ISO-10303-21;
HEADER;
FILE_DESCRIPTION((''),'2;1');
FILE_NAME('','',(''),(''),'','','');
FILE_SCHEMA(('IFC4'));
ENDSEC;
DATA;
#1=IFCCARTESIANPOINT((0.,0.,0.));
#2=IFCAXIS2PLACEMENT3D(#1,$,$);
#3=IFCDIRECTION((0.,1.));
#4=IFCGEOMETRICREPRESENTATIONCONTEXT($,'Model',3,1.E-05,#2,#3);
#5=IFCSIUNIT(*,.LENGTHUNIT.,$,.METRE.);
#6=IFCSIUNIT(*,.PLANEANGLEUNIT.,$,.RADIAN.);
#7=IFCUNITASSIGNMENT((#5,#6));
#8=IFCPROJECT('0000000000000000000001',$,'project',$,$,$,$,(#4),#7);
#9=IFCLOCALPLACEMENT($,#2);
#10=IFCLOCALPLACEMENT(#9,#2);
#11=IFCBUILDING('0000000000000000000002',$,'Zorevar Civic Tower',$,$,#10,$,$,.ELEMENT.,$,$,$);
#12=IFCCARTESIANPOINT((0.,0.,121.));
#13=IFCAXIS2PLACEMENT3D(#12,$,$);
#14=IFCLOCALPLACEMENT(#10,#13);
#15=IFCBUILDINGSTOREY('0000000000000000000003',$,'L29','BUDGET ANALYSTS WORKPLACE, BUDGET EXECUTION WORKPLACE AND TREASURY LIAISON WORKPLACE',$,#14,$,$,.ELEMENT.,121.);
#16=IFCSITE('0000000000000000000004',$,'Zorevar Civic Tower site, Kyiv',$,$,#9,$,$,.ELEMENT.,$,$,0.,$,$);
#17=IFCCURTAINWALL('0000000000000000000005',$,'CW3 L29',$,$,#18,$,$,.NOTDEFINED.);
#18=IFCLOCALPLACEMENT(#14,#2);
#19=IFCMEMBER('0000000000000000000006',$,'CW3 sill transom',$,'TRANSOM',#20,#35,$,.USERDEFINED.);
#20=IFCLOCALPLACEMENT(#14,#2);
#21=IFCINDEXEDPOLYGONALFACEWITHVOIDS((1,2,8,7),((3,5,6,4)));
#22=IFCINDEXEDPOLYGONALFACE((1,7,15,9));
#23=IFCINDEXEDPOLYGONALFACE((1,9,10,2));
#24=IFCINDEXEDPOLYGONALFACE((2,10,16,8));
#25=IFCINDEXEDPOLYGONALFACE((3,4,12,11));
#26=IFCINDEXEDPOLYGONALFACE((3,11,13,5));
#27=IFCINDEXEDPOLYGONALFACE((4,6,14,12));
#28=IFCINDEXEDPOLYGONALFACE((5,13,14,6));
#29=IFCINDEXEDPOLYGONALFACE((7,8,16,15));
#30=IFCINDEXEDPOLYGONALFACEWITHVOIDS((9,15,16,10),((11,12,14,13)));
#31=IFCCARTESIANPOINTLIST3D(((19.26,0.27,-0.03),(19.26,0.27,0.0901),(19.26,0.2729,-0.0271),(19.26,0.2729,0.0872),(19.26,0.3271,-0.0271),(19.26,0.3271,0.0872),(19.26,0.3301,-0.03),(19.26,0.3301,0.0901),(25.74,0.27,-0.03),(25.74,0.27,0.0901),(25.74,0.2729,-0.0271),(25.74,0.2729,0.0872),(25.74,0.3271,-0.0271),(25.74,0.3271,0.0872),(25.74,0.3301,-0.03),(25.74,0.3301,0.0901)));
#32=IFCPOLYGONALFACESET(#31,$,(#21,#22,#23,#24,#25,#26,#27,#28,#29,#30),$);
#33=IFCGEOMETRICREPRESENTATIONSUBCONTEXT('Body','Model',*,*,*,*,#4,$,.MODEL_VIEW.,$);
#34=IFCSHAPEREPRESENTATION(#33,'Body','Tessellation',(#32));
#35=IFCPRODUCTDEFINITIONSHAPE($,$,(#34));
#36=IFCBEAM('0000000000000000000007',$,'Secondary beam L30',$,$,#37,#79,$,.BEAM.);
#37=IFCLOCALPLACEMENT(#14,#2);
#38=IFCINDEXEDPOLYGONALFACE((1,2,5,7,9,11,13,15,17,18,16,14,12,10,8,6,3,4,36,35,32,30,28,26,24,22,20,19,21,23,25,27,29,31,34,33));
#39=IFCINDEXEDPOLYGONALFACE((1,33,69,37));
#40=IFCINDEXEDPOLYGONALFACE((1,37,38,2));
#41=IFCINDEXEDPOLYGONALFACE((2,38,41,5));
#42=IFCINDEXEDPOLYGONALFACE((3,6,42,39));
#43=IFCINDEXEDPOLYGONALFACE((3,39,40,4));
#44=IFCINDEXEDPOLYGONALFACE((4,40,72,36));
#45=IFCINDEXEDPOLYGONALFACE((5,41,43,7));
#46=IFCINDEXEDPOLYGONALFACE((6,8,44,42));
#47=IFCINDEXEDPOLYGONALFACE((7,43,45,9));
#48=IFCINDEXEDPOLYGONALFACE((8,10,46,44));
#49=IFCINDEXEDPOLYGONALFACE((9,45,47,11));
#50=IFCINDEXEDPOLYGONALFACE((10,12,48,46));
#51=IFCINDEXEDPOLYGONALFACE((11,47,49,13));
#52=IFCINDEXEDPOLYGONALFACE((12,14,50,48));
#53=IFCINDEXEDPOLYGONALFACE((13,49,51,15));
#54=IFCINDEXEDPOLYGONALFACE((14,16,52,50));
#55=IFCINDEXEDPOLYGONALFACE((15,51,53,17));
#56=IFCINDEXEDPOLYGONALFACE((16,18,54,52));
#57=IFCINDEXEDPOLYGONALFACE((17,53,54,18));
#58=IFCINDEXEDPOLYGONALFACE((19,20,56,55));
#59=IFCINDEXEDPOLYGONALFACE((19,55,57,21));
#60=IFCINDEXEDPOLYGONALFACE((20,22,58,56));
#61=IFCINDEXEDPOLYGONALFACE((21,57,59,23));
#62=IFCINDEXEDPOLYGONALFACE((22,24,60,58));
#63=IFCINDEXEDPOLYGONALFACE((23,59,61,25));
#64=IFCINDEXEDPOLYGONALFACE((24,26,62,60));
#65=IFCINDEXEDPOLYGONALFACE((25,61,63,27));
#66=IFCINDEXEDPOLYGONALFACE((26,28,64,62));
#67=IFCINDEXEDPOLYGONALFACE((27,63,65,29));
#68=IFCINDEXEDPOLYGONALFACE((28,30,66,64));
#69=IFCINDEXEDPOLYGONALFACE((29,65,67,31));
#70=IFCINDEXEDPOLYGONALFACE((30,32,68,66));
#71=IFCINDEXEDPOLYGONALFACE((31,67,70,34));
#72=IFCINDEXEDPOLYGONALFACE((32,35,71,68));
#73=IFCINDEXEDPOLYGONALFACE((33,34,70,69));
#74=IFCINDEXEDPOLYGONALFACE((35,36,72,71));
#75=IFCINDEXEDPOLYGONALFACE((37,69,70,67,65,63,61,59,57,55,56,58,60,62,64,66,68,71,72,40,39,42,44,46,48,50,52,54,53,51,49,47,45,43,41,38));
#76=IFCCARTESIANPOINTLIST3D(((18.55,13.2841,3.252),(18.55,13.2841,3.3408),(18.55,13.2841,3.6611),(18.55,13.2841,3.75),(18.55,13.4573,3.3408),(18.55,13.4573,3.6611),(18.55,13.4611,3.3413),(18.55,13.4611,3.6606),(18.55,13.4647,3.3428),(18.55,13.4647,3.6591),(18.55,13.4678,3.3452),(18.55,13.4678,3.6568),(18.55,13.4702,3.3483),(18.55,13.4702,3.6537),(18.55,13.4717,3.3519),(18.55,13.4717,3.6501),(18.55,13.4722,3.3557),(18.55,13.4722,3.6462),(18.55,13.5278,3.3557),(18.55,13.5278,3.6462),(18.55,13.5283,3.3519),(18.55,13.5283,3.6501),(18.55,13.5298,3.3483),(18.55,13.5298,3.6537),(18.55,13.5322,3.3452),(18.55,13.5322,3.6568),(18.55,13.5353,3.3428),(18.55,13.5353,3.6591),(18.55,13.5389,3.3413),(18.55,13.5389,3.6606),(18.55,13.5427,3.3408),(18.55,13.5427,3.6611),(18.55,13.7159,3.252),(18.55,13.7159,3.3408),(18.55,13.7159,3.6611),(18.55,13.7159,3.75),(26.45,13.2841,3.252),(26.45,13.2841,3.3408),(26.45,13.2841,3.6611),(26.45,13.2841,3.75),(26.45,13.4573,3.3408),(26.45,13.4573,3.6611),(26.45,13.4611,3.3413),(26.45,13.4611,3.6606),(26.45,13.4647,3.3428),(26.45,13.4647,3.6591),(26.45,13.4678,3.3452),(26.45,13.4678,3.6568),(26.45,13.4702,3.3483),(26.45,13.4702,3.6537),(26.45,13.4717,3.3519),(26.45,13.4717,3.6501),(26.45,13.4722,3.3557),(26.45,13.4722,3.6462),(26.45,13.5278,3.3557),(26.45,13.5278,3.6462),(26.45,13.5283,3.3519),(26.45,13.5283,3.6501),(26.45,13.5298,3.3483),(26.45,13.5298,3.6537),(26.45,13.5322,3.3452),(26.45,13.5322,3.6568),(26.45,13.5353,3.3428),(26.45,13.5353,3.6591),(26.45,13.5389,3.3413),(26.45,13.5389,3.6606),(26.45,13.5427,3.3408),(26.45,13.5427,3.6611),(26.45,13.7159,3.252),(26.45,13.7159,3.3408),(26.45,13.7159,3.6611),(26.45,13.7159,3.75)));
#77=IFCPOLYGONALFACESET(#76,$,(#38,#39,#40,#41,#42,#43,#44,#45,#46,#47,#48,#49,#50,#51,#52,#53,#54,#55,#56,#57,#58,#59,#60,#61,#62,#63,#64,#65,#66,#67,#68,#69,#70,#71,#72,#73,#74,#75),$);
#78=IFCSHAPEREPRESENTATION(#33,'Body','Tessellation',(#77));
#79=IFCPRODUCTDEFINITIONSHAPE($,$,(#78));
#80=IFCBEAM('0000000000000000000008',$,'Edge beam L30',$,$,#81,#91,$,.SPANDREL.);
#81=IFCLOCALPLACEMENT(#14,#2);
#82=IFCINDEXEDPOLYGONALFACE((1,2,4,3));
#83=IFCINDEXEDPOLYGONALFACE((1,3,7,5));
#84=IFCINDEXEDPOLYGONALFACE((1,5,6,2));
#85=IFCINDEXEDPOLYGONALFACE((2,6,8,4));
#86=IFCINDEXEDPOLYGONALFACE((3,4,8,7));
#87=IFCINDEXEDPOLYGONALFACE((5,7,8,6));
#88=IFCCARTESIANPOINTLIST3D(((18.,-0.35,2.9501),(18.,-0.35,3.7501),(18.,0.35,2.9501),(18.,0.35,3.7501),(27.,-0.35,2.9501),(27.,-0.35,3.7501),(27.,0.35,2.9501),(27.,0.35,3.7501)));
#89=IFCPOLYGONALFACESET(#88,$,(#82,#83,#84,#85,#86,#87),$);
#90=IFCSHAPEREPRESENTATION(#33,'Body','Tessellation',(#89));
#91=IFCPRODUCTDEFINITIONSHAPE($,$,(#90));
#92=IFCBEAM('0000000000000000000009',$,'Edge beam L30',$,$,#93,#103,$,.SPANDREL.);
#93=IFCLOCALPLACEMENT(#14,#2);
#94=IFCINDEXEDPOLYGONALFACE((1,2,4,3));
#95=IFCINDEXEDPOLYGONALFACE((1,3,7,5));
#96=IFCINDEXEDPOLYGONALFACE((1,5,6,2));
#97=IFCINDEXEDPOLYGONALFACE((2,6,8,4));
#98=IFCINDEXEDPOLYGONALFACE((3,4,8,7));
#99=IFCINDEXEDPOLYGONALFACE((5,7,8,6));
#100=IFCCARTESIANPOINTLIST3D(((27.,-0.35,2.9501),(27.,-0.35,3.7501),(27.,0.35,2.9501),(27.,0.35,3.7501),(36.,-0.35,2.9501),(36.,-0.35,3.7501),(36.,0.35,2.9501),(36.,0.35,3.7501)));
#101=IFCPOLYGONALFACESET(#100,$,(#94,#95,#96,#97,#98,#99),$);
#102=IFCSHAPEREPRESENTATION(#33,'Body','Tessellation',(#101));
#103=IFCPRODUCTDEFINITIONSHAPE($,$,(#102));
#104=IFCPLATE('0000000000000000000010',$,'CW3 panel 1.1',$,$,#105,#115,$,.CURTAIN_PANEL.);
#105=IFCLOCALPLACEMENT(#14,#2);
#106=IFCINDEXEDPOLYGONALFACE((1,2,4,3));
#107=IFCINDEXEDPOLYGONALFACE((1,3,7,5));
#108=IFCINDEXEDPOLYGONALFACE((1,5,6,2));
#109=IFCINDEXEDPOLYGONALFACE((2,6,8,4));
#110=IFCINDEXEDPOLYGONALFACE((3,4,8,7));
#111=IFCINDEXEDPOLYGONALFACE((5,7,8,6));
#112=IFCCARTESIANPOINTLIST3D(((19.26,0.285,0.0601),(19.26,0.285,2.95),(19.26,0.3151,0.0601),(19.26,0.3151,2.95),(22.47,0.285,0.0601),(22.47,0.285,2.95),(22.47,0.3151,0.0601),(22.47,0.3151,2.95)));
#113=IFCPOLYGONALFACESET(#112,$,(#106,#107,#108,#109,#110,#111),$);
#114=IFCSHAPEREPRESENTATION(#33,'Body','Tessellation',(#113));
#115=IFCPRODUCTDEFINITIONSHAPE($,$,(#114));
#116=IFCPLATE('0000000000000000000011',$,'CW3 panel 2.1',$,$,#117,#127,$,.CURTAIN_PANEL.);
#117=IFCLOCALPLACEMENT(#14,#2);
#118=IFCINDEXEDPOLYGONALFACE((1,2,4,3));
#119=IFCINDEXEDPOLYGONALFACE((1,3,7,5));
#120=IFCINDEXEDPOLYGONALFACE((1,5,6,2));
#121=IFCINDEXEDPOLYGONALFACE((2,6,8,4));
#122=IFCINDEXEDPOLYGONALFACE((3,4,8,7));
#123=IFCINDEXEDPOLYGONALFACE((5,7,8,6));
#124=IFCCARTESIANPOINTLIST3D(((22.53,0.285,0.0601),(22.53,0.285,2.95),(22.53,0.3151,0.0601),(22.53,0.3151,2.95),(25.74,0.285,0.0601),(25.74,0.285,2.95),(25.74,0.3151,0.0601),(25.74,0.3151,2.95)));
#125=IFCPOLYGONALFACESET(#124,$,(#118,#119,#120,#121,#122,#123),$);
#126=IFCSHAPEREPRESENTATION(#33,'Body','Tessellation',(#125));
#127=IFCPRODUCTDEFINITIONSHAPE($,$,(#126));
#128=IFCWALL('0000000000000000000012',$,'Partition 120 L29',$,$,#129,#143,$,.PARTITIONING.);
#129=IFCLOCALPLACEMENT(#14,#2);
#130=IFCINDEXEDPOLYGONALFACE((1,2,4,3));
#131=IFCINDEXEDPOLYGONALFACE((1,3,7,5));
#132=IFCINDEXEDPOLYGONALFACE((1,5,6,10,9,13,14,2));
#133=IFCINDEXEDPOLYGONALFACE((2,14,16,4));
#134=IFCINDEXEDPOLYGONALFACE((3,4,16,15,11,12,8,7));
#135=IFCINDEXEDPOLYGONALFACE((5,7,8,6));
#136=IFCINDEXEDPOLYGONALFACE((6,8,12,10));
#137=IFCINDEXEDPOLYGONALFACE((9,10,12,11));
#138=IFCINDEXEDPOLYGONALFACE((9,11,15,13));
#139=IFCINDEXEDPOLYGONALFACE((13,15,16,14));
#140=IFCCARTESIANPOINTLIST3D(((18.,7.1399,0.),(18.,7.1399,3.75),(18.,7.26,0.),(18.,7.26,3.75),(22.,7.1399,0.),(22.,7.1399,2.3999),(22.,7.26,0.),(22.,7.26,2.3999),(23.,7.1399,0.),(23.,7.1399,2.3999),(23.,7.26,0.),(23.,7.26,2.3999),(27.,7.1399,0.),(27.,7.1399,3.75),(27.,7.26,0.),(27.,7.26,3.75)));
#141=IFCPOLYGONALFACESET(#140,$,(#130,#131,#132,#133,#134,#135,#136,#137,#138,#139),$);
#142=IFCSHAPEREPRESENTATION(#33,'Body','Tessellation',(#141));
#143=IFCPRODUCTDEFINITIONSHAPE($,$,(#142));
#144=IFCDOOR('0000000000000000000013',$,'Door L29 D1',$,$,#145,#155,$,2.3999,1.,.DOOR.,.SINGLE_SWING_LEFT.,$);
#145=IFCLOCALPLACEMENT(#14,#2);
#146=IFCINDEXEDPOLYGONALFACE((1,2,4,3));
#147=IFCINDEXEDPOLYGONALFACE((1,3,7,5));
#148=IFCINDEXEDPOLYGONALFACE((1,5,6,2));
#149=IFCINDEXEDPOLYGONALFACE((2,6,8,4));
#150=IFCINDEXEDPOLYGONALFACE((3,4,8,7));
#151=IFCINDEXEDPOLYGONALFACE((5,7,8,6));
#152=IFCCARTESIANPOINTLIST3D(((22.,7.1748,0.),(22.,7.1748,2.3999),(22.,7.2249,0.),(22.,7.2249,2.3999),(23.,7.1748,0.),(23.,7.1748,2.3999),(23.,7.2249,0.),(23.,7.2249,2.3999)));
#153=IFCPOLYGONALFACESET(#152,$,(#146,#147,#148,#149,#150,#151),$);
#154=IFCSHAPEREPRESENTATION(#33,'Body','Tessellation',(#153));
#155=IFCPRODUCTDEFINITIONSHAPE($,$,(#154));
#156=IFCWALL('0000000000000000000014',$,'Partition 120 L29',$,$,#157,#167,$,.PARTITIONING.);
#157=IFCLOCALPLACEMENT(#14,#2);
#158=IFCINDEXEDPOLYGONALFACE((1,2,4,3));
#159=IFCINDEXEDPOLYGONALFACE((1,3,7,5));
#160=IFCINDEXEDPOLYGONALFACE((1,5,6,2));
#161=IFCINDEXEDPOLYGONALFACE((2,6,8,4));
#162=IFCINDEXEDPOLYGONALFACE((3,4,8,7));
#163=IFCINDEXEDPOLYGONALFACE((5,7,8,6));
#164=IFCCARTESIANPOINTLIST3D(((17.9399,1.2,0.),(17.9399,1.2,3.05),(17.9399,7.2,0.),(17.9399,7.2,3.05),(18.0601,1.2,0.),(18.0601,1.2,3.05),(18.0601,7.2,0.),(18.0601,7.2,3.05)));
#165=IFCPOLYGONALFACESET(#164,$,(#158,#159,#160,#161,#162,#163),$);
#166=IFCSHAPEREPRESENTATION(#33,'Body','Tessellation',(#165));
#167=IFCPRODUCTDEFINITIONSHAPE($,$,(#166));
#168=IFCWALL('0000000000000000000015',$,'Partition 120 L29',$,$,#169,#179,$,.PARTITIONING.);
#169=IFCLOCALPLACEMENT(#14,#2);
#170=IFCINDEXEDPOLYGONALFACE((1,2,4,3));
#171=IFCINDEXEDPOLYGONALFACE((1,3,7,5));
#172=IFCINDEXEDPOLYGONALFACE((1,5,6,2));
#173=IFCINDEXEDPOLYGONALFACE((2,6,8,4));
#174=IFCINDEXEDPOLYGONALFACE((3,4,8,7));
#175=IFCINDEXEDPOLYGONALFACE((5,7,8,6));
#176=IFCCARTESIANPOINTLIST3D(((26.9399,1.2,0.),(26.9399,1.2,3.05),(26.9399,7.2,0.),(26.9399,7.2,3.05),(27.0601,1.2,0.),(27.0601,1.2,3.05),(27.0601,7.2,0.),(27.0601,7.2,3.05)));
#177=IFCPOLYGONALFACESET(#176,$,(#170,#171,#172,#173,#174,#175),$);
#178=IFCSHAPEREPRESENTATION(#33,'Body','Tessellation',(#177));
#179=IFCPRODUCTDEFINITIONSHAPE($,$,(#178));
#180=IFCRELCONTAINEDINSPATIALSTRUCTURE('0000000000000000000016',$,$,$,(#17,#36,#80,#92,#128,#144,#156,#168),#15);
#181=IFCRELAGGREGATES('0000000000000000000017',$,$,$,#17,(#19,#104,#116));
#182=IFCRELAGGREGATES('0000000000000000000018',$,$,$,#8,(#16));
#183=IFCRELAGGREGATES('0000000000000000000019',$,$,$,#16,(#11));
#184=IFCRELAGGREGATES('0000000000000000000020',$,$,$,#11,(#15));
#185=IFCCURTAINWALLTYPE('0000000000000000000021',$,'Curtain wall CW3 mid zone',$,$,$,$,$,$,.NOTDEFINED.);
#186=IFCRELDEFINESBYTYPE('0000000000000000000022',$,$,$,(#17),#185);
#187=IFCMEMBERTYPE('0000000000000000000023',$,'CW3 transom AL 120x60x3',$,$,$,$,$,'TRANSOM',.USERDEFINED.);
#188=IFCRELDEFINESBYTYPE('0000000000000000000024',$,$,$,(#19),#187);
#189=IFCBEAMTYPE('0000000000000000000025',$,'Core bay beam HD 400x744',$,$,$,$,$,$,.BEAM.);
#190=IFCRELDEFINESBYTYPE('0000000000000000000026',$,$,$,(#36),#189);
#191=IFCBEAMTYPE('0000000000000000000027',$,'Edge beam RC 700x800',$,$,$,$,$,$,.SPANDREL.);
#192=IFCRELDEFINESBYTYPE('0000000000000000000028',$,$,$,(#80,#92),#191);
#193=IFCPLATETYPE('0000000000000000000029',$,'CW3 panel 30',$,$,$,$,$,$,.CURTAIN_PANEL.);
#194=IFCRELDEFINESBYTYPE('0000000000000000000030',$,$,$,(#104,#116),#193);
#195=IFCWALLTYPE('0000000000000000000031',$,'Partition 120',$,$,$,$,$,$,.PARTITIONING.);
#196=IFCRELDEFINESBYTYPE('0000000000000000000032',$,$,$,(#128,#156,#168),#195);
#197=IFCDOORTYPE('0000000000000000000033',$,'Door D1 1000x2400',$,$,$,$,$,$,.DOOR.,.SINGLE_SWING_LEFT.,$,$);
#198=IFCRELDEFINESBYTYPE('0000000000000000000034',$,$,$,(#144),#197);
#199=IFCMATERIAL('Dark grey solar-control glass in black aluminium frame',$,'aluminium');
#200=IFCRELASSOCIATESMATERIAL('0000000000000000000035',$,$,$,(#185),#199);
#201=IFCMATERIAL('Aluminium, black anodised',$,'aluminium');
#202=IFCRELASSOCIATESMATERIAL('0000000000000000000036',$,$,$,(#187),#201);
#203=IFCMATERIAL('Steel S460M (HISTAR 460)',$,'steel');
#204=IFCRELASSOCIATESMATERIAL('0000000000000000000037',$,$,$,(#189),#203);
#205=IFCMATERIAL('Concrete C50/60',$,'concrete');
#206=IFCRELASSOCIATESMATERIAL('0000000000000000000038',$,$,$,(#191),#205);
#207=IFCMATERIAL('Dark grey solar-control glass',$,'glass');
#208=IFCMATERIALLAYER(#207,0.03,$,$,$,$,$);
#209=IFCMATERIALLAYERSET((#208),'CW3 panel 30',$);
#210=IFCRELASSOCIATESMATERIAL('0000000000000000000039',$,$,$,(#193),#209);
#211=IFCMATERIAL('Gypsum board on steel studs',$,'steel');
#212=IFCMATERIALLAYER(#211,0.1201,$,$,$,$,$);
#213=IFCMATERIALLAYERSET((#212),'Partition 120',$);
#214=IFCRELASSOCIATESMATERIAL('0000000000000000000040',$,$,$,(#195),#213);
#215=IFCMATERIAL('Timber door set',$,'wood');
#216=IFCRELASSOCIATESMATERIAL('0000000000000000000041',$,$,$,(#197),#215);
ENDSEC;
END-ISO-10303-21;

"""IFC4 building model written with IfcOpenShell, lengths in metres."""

from ifc_helpers import new_model, si_unit, direction, frame, frame_2d, origin, origin_2d, place, context, subcontext, project, spatial, rectangle, hollow_rectangle, i_section, extrude, material, layer, layer_set, material_profile, profile_set, type_object, element, fill, aggregate, save


model = new_model("IFC4")

# Units and contexts
model_context = context("Model", 3, precision=1e-05, world=origin(), true_north=direction((0.0, 1.0)))
body_context = subcontext(model_context, "Body", "Model", "MODEL_VIEW")
ifc_project = project(units=[si_unit("LENGTHUNIT", "METRE"), si_unit("PLANEANGLEUNIT", "RADIAN")], contexts=[model_context])

# Site, building, storey
site_placement = place(None, origin())
site = spatial("IfcSite", under=ifc_project, at=site_placement, Name="Zorevar Civic Tower site, Kyiv", CompositionType="ELEMENT", RefElevation=0.0)
building_placement = place(site_placement, origin())
building = spatial("IfcBuilding", under=site, at=building_placement, Name="Zorevar Civic Tower", CompositionType="ELEMENT")
storey_placement = place(building_placement, frame((0.0, 0.0, 121.0)))
storey = spatial("IfcBuildingStorey", under=building, at=storey_placement, Name="L29", Description="BUDGET ANALYSTS WORKPLACE, BUDGET EXECUTION WORKPLACE AND TREASURY LIAISON WORKPLACE", CompositionType="ELEMENT", Elevation=121.0)

# Curtain wall, member
ifc_material_1 = material(Name="Dark grey solar-control glass in black aluminium frame", Category="aluminium")
curtain_wall_type = type_object("IfcCurtainWallType", Name="Curtain wall CW3 mid zone", PredefinedType="NOTDEFINED", material=ifc_material_1)
curtain_wall_placement = place(storey_placement, origin())
curtain_wall = element("IfcCurtainWall", 1, at=curtain_wall_placement, inside=storey, type_object=curtain_wall_type, Name="CW3 L29", PredefinedType="NOTDEFINED")
ifc_material_2 = material(Name="Aluminium, black anodised", Category="aluminium")
ifc_material_profile_1 = material_profile(ifc_material_2, hollow_rectangle(XDim=0.0601, YDim=0.1201, WallThickness=0.0029, at=origin_2d()), Name="AL 120x60x3")
ifc_profile_set_1 = profile_set([ifc_material_profile_1], Name="Aluminium, black anodised")
member_type_1 = type_object("IfcMemberType", Name="CW3 transom AL 120x60x3", ElementType="TRANSOM", PredefinedType="USERDEFINED", material=ifc_profile_set_1)
member_1_placement = place(storey_placement, frame((19.26, 0.3, 0.03), z_axis=(1.0, 0.0, 0.0), x_axis=(0.0, 1.0, 0.0)))
member_1 = element("IfcMember", 2, at=member_1_placement, type_object=member_type_1, Name="CW3 sill transom", ObjectType="TRANSOM", PredefinedType="USERDEFINED", context=body_context, shape_type="SweptSolid", body=[
    extrude(hollow_rectangle(XDim=0.0601, YDim=0.1201, WallThickness=0.0029, at=origin_2d()), origin(), (0.0, 0.0, 1.0), 6.48),
])

# Beams
ifc_material_3 = material(Name="Steel S460M (HISTAR 460)", Category="steel")
ifc_material_profile_2 = material_profile(ifc_material_3, i_section(OverallWidth=0.4319, OverallDepth=0.498, WebThickness=0.0557, FlangeThickness=0.0889, FilletRadius=0.0149, at=origin_2d()), Name="HD 400x744")
ifc_profile_set_2 = profile_set([ifc_material_profile_2], Name="Steel S460M (HISTAR 460)")
beam_type_1 = type_object("IfcBeamType", Name="Core bay beam HD 400x744", PredefinedType="BEAM", material=ifc_profile_set_2)
beam_1_placement = place(storey_placement, frame((18.55, 13.5, 3.501), z_axis=(1.0, 0.0, 0.0), x_axis=(0.0, 1.0, 0.0)))
element("IfcBeam", 3, at=beam_1_placement, inside=storey, type_object=beam_type_1, Name="Secondary beam L30", PredefinedType="BEAM", context=body_context, shape_type="SweptSolid", body=[
    extrude(i_section(OverallWidth=0.4319, OverallDepth=0.498, WebThickness=0.0557, FlangeThickness=0.0889, FilletRadius=0.0149, at=origin_2d()), origin(), (0.0, 0.0, 1.0), 7.8999),
])
ifc_material_4 = material(Name="Concrete C50/60", Category="concrete")
ifc_material_profile_3 = material_profile(ifc_material_4, rectangle(XDim=0.7, YDim=0.8, at=origin_2d()), Name="RC 700x800")
ifc_profile_set_3 = profile_set([ifc_material_profile_3], Name="Concrete C50/60")
beam_type_2 = type_object("IfcBeamType", Name="Edge beam RC 700x800", PredefinedType="SPANDREL", material=ifc_profile_set_3)
for number, where, z_axis, x_axis, name in (
    (4, (18.0, 0.0, 3.3501), (1.0, 0.0, 0.0), (0.0, 1.0, 0.0), "Edge beam L30"),
    (5, (27.0, 0.0, 3.3501), (1.0, 0.0, 0.0), (0.0, 1.0, 0.0), "Edge beam L30"),
):
    element("IfcBeam", number, at=place(storey_placement, frame(where, z_axis=z_axis, x_axis=x_axis)), inside=storey, type_object=beam_type_2, Name=name, PredefinedType="SPANDREL", context=body_context, shape_type="SweptSolid", body=[
        extrude(rectangle(XDim=0.7, YDim=0.8, at=origin_2d()), origin(), (0.0, 0.0, 1.0), 9.0),
    ])

# Plates
ifc_material_5 = material(Name="Dark grey solar-control glass", Category="glass")
ifc_layer_1 = layer(ifc_material_5, 0.03)
ifc_layer_set_1 = layer_set([ifc_layer_1], Name="CW3 panel 30")
plate_type = type_object("IfcPlateType", Name="CW3 panel 30", PredefinedType="CURTAIN_PANEL", material=ifc_layer_set_1)
plate_1_placement = place(storey_placement, frame((20.865, 0.3, 0.0601), z_axis=(0.0, 0.0, 1.0), x_axis=(1.0, 0.0, 0.0)))
plate_1 = element("IfcPlate", 6, at=plate_1_placement, type_object=plate_type, Name="CW3 panel 1.1", PredefinedType="CURTAIN_PANEL", context=body_context, shape_type="SweptSolid", body=[
    extrude(rectangle(XDim=3.21, YDim=0.03, at=origin_2d()), origin(), (0.0, 0.0, 1.0), 2.8899),
])
plate_2_placement = place(storey_placement, frame((24.135, 0.3, 0.0601), z_axis=(0.0, 0.0, 1.0), x_axis=(1.0, 0.0, 0.0)))
plate_2 = element("IfcPlate", 7, at=plate_2_placement, type_object=plate_type, Name="CW3 panel 2.1", PredefinedType="CURTAIN_PANEL", context=body_context, shape_type="SweptSolid", body=[
    extrude(rectangle(XDim=3.21, YDim=0.03, at=origin_2d()), origin(), (0.0, 0.0, 1.0), 2.8899),
])
aggregate(curtain_wall, [member_1, plate_1, plate_2])

# Wall, opening, door
ifc_material_6 = material(Name="Gypsum board on steel studs", Category="steel")
ifc_layer_2 = layer(ifc_material_6, 0.1201)
ifc_layer_set_2 = layer_set([ifc_layer_2], Name="Partition 120")
wall_type = type_object("IfcWallType", Name="Partition 120", PredefinedType="PARTITIONING", material=ifc_layer_set_2)
wall_placement = place(storey_placement, frame((18.0, 7.2, 0.0), z_axis=(0.0, 0.0, 1.0), x_axis=(1.0, 0.0, 0.0)))
wall = element("IfcWall", 8, at=wall_placement, inside=storey, type_object=wall_type, Name="Partition 120 L29", PredefinedType="PARTITIONING", context=body_context, shape_type="SweptSolid", body=[
    extrude(rectangle(XDim=9.0, YDim=0.1201, at=frame_2d((4.5, 0.0))), origin(), (0.0, 0.0, 1.0), 3.75),
])
opening_placement = place(wall_placement, frame((4.0, 0.0, 0.0)))
opening = element("IfcOpeningElement", 9, at=opening_placement, cuts=wall, PredefinedType="OPENING", context=body_context, shape_type="SweptSolid", body=[
    extrude(rectangle(XDim=1.0, YDim=2.3999, at=frame_2d((0.5, 1.2))), frame((0.0, 0.0701, 0.0), z_axis=(0.0, -1.0, 0.0), x_axis=(1.0, 0.0, 0.0)), (0.0, 0.0, 1.0), 0.1401),
])
ifc_material_7 = material(Name="Timber door set", Category="wood")
door_type = type_object("IfcDoorType", Name="Door D1 1000x2400", OperationType="SINGLE_SWING_LEFT", PredefinedType="DOOR", material=ifc_material_7)
door_placement = place(opening_placement, origin())
door = element("IfcDoor", 10, at=door_placement, inside=storey, type_object=door_type, Name="Door L29 D1", OperationType="SINGLE_SWING_LEFT", OverallHeight=2.3999, OverallWidth=1.0, PredefinedType="DOOR", context=body_context, shape_type="SweptSolid", body=[
    extrude(rectangle(XDim=1.0, YDim=2.3999, at=frame_2d((0.5, 1.2))), frame((0.0, 0.0249, 0.0), z_axis=(0.0, -1.0, 0.0), x_axis=(1.0, 0.0, 0.0)), (0.0, 0.0, 1.0), 0.05),
])
fill(opening, door)

# Walls
for number, where, z_axis, x_axis, name in (
    (11, (18.0, 1.2, 0.0), (0.0, 0.0, 1.0), (0.0, 1.0, 0.0), "Partition 120 L29"),
    (12, (27.0, 1.2, 0.0), (0.0, 0.0, 1.0), (0.0, 1.0, 0.0), "Partition 120 L29"),
):
    element("IfcWall", number, at=place(storey_placement, frame(where, z_axis=z_axis, x_axis=x_axis)), inside=storey, type_object=wall_type, Name=name, PredefinedType="PARTITIONING", context=body_context, shape_type="SweptSolid", body=[
        extrude(rectangle(XDim=6.0, YDim=0.1201, at=frame_2d((3.0, 0.0))), origin(), (0.0, 0.0, 1.0), 3.05),
    ])

save(model, "model.ifc")
